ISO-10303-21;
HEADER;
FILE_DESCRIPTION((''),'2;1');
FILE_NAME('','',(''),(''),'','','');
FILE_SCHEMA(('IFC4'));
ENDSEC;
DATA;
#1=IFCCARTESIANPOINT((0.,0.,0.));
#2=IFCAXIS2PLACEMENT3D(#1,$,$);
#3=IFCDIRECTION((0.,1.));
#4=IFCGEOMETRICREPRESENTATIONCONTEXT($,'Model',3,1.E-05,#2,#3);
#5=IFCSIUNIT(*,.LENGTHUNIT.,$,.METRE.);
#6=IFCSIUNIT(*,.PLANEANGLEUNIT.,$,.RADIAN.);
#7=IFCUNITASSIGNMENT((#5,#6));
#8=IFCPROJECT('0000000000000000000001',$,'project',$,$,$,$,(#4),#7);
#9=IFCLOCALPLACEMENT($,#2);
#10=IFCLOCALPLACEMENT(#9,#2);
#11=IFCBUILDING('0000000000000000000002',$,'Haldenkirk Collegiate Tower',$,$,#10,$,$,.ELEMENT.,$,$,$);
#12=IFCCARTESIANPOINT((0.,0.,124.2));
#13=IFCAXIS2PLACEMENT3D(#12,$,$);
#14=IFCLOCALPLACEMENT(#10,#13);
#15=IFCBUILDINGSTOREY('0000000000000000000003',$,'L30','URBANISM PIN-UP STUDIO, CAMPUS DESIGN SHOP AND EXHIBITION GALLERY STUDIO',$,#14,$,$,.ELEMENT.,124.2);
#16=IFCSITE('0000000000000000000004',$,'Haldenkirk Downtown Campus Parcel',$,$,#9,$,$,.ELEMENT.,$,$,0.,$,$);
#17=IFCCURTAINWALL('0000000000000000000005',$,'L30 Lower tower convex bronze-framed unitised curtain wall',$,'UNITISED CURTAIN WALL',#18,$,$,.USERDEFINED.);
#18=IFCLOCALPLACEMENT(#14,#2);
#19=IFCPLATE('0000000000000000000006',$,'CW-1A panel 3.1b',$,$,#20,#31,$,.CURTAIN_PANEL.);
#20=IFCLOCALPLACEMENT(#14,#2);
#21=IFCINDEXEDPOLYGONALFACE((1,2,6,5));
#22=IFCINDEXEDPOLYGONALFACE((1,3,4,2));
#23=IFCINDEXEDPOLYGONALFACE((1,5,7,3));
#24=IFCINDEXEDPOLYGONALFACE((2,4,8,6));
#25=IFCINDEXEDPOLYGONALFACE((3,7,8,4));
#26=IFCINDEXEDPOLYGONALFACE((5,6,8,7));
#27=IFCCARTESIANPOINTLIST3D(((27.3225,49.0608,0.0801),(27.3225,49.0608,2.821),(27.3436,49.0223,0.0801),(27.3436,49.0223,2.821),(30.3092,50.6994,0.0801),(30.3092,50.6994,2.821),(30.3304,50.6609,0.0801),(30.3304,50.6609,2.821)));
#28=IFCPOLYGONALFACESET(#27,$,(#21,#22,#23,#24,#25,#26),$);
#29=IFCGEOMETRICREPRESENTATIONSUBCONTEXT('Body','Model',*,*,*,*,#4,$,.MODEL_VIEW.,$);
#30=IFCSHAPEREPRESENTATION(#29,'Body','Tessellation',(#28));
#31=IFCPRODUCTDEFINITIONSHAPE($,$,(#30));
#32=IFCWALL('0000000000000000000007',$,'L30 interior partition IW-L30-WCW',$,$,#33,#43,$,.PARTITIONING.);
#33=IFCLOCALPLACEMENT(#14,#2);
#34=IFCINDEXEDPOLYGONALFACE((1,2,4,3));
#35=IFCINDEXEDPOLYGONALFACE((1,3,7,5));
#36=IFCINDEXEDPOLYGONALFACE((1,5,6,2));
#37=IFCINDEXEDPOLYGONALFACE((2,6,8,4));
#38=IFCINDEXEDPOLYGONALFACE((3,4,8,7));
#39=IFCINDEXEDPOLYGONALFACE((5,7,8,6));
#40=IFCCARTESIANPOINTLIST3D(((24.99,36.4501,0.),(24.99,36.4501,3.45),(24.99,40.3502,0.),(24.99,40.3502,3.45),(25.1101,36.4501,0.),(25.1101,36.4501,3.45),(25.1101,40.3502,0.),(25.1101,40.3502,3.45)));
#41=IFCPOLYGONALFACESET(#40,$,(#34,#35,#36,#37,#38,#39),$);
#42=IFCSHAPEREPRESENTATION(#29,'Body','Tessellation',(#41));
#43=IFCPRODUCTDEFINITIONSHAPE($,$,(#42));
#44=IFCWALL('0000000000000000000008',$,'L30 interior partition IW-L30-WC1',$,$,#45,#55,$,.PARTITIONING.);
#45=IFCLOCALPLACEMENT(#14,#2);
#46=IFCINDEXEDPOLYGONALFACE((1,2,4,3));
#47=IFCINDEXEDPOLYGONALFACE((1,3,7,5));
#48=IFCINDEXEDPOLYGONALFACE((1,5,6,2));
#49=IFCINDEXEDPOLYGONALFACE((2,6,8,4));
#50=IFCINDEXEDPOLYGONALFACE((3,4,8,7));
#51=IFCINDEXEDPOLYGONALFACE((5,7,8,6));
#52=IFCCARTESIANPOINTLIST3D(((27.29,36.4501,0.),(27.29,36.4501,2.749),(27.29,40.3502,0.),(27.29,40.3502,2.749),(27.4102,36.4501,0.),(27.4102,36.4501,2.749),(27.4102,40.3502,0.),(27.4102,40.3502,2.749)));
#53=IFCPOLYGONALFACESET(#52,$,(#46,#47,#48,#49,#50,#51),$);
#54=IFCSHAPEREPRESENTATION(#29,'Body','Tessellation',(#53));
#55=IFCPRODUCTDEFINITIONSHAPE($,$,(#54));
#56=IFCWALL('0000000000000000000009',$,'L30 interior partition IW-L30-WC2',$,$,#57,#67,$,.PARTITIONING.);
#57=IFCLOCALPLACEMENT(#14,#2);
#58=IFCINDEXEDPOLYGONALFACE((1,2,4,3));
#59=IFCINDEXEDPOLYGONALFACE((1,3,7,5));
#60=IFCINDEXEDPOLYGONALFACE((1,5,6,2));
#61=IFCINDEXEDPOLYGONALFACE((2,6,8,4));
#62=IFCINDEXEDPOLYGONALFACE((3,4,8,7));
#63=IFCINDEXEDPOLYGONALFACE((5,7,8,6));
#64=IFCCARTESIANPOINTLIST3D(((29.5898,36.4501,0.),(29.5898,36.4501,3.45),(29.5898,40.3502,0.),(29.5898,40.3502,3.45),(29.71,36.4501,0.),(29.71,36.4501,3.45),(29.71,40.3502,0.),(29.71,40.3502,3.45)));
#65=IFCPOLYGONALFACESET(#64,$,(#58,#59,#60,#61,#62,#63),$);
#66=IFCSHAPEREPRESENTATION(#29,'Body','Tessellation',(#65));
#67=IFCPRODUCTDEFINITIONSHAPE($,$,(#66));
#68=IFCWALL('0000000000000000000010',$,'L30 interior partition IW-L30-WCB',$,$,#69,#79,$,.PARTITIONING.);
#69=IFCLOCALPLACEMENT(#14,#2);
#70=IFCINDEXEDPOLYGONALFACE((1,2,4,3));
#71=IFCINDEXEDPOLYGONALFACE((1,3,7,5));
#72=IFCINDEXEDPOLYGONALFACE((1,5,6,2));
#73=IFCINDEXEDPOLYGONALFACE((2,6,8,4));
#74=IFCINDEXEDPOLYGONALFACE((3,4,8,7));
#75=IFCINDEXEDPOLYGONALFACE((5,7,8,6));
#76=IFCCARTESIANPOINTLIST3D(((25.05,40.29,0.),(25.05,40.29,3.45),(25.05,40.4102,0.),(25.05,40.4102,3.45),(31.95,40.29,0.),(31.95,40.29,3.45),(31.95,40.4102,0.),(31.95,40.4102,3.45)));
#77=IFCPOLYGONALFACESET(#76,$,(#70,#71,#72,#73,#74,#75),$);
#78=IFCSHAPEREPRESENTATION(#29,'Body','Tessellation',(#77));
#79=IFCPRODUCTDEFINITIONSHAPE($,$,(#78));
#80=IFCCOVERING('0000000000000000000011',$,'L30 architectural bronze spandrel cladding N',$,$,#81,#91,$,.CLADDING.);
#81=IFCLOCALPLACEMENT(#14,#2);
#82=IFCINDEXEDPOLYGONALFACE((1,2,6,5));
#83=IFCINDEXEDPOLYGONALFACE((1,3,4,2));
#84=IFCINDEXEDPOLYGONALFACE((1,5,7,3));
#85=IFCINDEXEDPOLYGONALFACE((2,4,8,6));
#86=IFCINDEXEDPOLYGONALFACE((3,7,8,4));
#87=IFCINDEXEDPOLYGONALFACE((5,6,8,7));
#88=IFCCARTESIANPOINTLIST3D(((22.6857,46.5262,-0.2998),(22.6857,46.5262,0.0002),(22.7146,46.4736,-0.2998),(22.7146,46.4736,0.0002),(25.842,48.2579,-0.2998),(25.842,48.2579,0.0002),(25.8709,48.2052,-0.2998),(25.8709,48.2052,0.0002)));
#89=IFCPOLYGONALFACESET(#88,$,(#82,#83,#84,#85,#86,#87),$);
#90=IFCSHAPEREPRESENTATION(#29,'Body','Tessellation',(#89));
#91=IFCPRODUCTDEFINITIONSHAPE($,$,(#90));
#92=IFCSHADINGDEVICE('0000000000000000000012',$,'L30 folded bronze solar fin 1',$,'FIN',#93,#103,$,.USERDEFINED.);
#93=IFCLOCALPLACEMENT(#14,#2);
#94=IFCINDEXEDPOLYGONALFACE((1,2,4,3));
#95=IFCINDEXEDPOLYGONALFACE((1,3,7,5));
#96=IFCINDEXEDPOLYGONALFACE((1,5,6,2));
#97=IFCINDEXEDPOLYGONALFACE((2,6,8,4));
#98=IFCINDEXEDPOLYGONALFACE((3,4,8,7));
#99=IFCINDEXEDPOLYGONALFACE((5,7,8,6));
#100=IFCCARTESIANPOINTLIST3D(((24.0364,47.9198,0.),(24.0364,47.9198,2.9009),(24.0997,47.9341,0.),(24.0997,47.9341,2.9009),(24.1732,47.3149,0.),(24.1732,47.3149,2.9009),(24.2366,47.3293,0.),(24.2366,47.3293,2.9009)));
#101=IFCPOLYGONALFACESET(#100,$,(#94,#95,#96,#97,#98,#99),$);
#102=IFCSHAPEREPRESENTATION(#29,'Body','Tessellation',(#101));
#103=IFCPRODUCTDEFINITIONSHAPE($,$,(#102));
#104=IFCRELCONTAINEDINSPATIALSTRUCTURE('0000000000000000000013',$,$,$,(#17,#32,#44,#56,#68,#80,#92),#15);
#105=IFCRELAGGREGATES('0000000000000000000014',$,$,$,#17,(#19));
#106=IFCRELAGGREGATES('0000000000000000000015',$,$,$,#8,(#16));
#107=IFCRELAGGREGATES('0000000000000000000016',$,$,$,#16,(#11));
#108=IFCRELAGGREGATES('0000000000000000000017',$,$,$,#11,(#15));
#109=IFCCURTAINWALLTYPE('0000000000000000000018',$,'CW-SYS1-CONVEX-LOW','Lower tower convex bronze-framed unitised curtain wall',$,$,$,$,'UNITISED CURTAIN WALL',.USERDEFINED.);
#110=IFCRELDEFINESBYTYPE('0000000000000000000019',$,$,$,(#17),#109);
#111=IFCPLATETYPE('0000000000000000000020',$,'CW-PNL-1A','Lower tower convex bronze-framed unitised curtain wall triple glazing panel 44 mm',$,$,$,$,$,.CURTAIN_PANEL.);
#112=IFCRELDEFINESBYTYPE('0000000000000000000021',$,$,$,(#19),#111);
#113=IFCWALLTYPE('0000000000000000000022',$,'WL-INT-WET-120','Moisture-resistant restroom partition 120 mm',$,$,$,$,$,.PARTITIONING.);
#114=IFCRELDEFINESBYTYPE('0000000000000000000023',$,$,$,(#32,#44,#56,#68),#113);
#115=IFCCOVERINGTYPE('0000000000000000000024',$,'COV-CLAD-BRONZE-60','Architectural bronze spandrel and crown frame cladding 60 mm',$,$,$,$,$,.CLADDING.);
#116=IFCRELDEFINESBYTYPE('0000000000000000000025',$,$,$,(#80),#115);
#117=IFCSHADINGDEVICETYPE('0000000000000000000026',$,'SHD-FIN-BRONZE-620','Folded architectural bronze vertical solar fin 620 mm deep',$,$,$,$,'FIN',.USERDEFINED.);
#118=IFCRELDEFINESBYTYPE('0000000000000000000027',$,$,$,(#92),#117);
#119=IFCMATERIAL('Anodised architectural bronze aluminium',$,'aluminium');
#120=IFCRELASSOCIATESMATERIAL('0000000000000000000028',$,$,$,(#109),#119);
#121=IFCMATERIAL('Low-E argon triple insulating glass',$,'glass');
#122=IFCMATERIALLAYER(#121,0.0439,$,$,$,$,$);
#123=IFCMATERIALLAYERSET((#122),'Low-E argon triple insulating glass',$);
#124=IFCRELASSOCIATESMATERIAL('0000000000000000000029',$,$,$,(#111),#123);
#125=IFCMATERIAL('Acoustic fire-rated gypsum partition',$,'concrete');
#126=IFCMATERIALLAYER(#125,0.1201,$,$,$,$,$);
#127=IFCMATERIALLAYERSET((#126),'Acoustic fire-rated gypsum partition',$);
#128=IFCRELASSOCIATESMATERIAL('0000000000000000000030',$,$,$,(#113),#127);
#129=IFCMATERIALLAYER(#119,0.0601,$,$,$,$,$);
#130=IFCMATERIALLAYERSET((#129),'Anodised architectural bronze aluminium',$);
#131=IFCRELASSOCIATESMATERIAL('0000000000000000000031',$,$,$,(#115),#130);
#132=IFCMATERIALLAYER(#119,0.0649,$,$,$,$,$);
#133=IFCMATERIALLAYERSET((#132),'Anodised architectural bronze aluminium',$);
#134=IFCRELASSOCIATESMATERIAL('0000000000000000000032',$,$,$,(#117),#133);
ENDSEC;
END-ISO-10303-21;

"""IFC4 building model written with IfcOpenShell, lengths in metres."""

from ifc_helpers import new_model, si_unit, direction, frame, frame_2d, origin, origin_2d, place, context, subcontext, project, spatial, rectangle, extrude, source, transform, mapped, material, layer, layer_set, type_object, element, aggregate, save


model = new_model("IFC4")

# Units and contexts
model_context = context("Model", 3, precision=1e-05, world=origin(), true_north=direction((0.0, 1.0)))
body_context = subcontext(model_context, "Body", "Model", "MODEL_VIEW")
ifc_project = project(units=[si_unit("LENGTHUNIT", "METRE"), si_unit("PLANEANGLEUNIT", "RADIAN")], contexts=[model_context])

# Site, building, storey
site_placement = place(None, origin())
site = spatial("IfcSite", under=ifc_project, at=site_placement, Name="Haldenkirk Downtown Campus Parcel", CompositionType="ELEMENT", RefElevation=0.0)
building_placement = place(site_placement, origin())
building = spatial("IfcBuilding", under=site, at=building_placement, Name="Haldenkirk Collegiate Tower", CompositionType="ELEMENT")
storey_placement = place(building_placement, frame((0.0, 0.0, 124.2)))
storey = spatial("IfcBuildingStorey", under=building, at=storey_placement, Name="L30", Description="URBANISM PIN-UP STUDIO, CAMPUS DESIGN SHOP AND EXHIBITION GALLERY STUDIO", CompositionType="ELEMENT", Elevation=124.2)

# Curtain wall, plate
ifc_material_1 = material(Name="Anodised architectural bronze aluminium", Category="aluminium")
curtain_wall_type = type_object("IfcCurtainWallType", Name="CW-SYS1-CONVEX-LOW", Description="Lower tower convex bronze-framed unitised curtain wall", ElementType="UNITISED CURTAIN WALL", PredefinedType="USERDEFINED", material=ifc_material_1)
curtain_wall_placement = place(storey_placement, origin())
curtain_wall = element("IfcCurtainWall", 1, at=curtain_wall_placement, inside=storey, type_object=curtain_wall_type, Name="L30 Lower tower convex bronze-framed unitised curtain wall", ObjectType="UNITISED CURTAIN WALL", PredefinedType="USERDEFINED")
ifc_material_2 = material(Name="Low-E argon triple insulating glass", Category="glass")
ifc_layer_1 = layer(ifc_material_2, 0.0439)
ifc_layer_set_1 = layer_set([ifc_layer_1], Name="Low-E argon triple insulating glass")
plate_type_1 = type_object("IfcPlateType", Name="CW-PNL-1A", Description="Lower tower convex bronze-framed unitised curtain wall triple glazing panel 44 mm", PredefinedType="CURTAIN_PANEL", material=ifc_layer_set_1)
shared_shape_1 = source(origin(), body_context, "Body", "SweptSolid", [
    extrude(rectangle(XDim=3.4067, YDim=0.0439, at=origin_2d()), origin(), (0.0, 0.0, 1.0), 2.741),
])
plate_1_placement = place(storey_placement, frame((28.8264, 49.8608, 0.0801), z_axis=(0.0, 0.0, 1.0), x_axis=(0.876727, 0.480989, 0.0)))
plate_1 = element("IfcPlate", 2, at=plate_1_placement, type_object=plate_type_1, Name="CW-1A panel 3.1b", PredefinedType="CURTAIN_PANEL", context=body_context, shape_type="MappedRepresentation", body=[
    mapped(shared_shape_1, transform((0.0, 0.0, 0.0), x_axis=(1.0, 0.0, 0.0), y_axis=(0.0, 1.0, 0.0), z_axis=(0.0, 0.0, 1.0), scale=1.0)),
])
aggregate(curtain_wall, [plate_1])

# Shared definitions
ifc_material_3 = material(Name="Acoustic fire-rated gypsum partition", Category="concrete")

# Walls
ifc_layer_2 = layer(ifc_material_3, 0.1201)
ifc_layer_set_2 = layer_set([ifc_layer_2], Name="Acoustic fire-rated gypsum partition")
wall_type_1 = type_object("IfcWallType", Name="WL-INT-WET-120", Description="Moisture-resistant restroom partition 120 mm", PredefinedType="PARTITIONING", material=ifc_layer_set_2)
wall_1_placement = place(storey_placement, frame((25.05, 36.45, 0.0), z_axis=(0.0, 0.0, 1.0), x_axis=(0.0, 1.0, 0.0)))
element("IfcWall", 3, at=wall_1_placement, inside=storey, type_object=wall_type_1, Name="L30 interior partition IW-L30-WCW", PredefinedType="PARTITIONING", context=body_context, shape_type="SweptSolid", body=[
    extrude(rectangle(XDim=3.9001, YDim=0.1201, at=frame_2d((1.9502, 0.0))), origin(), (0.0, 0.0, 1.0), 3.45),
])
wall_2_placement = place(storey_placement, frame((27.3501, 36.45, 0.0), z_axis=(0.0, 0.0, 1.0), x_axis=(0.0, 1.0, 0.0)))
element("IfcWall", 4, at=wall_2_placement, inside=storey, type_object=wall_type_1, Name="L30 interior partition IW-L30-WC1", PredefinedType="PARTITIONING", context=body_context, shape_type="SweptSolid", body=[
    extrude(rectangle(XDim=3.9001, YDim=0.1201, at=frame_2d((1.9502, 0.0))), origin(), (0.0, 0.0, 1.0), 2.749),
])
wall_3_placement = place(storey_placement, frame((29.6499, 36.45, 0.0), z_axis=(0.0, 0.0, 1.0), x_axis=(0.0, 1.0, 0.0)))
element("IfcWall", 5, at=wall_3_placement, inside=storey, type_object=wall_type_1, Name="L30 interior partition IW-L30-WC2", PredefinedType="PARTITIONING", context=body_context, shape_type="SweptSolid", body=[
    extrude(rectangle(XDim=3.9001, YDim=0.1201, at=frame_2d((1.9502, 0.0))), origin(), (0.0, 0.0, 1.0), 3.45),
])
wall_4_placement = place(storey_placement, frame((25.05, 40.3501, 0.0), z_axis=(0.0, 0.0, 1.0), x_axis=(1.0, 0.0, 0.0)))
element("IfcWall", 6, at=wall_4_placement, inside=storey, type_object=wall_type_1, Name="L30 interior partition IW-L30-WCB", PredefinedType="PARTITIONING", context=body_context, shape_type="SweptSolid", body=[
    extrude(rectangle(XDim=6.8999, YDim=0.1201, at=frame_2d((3.45, 0.0))), origin(), (0.0, 0.0, 1.0), 3.45),
])

# Covering
ifc_layer_3 = layer(ifc_material_1, 0.0601)
ifc_layer_set_3 = layer_set([ifc_layer_3], Name="Anodised architectural bronze aluminium")
covering_type = type_object("IfcCoveringType", Name="COV-CLAD-BRONZE-60", Description="Architectural bronze spandrel and crown frame cladding 60 mm", PredefinedType="CLADDING", material=ifc_layer_set_3)
shared_shape_2 = source(origin(), body_context, "Body", "SweptSolid", [
    extrude(rectangle(XDim=3.6001, YDim=0.0601, at=origin_2d()), origin(), (0.0, 0.0, 1.0), 0.3),
])
covering_placement = place(storey_placement, frame((24.2783, 47.3657, -0.2998), z_axis=(0.0, 0.0, 1.0), x_axis=(0.876727, 0.480989, 0.0)))
element("IfcCovering", 7, at=covering_placement, inside=storey, type_object=covering_type, Name="L30 architectural bronze spandrel cladding N", PredefinedType="CLADDING", context=body_context, shape_type="MappedRepresentation", body=[
    mapped(shared_shape_2, transform((0.0, 0.0, 0.0), x_axis=(1.0, 0.0, 0.0), y_axis=(0.0, 1.0, 0.0), z_axis=(0.0, 0.0, 1.0), scale=1.0)),
])

# Shading device
ifc_layer_4 = layer(ifc_material_1, 0.0649)
ifc_layer_set_4 = layer_set([ifc_layer_4], Name="Anodised architectural bronze aluminium")
shading_device_type = type_object("IfcShadingDeviceType", Name="SHD-FIN-BRONZE-620", Description="Folded architectural bronze vertical solar fin 620 mm deep", ElementType="FIN", PredefinedType="USERDEFINED", material=ifc_layer_set_4)
shared_shape_3 = source(origin(), body_context, "Body", "SweptSolid", [
    extrude(rectangle(XDim=0.6201, YDim=0.0649, at=origin_2d()), origin(), (0.0, 0.0, 1.0), 2.9009),
])
shading_device_placement = place(storey_placement, frame((24.1365, 47.6245, 0.0), z_axis=(0.0, 0.0, 1.0), x_axis=(-0.220697, 0.975342, 0.0)))
element("IfcShadingDevice", 8, at=shading_device_placement, inside=storey, type_object=shading_device_type, Name="L30 folded bronze solar fin 1", ObjectType="FIN", PredefinedType="USERDEFINED", context=body_context, shape_type="MappedRepresentation", body=[
    mapped(shared_shape_3, transform((0.0, 0.0, 0.0), x_axis=(1.0, 0.0, 0.0), y_axis=(0.0, 1.0, 0.0), z_axis=(0.0, 0.0, 1.0), scale=1.0)),
])

save(model, "model.ifc")
